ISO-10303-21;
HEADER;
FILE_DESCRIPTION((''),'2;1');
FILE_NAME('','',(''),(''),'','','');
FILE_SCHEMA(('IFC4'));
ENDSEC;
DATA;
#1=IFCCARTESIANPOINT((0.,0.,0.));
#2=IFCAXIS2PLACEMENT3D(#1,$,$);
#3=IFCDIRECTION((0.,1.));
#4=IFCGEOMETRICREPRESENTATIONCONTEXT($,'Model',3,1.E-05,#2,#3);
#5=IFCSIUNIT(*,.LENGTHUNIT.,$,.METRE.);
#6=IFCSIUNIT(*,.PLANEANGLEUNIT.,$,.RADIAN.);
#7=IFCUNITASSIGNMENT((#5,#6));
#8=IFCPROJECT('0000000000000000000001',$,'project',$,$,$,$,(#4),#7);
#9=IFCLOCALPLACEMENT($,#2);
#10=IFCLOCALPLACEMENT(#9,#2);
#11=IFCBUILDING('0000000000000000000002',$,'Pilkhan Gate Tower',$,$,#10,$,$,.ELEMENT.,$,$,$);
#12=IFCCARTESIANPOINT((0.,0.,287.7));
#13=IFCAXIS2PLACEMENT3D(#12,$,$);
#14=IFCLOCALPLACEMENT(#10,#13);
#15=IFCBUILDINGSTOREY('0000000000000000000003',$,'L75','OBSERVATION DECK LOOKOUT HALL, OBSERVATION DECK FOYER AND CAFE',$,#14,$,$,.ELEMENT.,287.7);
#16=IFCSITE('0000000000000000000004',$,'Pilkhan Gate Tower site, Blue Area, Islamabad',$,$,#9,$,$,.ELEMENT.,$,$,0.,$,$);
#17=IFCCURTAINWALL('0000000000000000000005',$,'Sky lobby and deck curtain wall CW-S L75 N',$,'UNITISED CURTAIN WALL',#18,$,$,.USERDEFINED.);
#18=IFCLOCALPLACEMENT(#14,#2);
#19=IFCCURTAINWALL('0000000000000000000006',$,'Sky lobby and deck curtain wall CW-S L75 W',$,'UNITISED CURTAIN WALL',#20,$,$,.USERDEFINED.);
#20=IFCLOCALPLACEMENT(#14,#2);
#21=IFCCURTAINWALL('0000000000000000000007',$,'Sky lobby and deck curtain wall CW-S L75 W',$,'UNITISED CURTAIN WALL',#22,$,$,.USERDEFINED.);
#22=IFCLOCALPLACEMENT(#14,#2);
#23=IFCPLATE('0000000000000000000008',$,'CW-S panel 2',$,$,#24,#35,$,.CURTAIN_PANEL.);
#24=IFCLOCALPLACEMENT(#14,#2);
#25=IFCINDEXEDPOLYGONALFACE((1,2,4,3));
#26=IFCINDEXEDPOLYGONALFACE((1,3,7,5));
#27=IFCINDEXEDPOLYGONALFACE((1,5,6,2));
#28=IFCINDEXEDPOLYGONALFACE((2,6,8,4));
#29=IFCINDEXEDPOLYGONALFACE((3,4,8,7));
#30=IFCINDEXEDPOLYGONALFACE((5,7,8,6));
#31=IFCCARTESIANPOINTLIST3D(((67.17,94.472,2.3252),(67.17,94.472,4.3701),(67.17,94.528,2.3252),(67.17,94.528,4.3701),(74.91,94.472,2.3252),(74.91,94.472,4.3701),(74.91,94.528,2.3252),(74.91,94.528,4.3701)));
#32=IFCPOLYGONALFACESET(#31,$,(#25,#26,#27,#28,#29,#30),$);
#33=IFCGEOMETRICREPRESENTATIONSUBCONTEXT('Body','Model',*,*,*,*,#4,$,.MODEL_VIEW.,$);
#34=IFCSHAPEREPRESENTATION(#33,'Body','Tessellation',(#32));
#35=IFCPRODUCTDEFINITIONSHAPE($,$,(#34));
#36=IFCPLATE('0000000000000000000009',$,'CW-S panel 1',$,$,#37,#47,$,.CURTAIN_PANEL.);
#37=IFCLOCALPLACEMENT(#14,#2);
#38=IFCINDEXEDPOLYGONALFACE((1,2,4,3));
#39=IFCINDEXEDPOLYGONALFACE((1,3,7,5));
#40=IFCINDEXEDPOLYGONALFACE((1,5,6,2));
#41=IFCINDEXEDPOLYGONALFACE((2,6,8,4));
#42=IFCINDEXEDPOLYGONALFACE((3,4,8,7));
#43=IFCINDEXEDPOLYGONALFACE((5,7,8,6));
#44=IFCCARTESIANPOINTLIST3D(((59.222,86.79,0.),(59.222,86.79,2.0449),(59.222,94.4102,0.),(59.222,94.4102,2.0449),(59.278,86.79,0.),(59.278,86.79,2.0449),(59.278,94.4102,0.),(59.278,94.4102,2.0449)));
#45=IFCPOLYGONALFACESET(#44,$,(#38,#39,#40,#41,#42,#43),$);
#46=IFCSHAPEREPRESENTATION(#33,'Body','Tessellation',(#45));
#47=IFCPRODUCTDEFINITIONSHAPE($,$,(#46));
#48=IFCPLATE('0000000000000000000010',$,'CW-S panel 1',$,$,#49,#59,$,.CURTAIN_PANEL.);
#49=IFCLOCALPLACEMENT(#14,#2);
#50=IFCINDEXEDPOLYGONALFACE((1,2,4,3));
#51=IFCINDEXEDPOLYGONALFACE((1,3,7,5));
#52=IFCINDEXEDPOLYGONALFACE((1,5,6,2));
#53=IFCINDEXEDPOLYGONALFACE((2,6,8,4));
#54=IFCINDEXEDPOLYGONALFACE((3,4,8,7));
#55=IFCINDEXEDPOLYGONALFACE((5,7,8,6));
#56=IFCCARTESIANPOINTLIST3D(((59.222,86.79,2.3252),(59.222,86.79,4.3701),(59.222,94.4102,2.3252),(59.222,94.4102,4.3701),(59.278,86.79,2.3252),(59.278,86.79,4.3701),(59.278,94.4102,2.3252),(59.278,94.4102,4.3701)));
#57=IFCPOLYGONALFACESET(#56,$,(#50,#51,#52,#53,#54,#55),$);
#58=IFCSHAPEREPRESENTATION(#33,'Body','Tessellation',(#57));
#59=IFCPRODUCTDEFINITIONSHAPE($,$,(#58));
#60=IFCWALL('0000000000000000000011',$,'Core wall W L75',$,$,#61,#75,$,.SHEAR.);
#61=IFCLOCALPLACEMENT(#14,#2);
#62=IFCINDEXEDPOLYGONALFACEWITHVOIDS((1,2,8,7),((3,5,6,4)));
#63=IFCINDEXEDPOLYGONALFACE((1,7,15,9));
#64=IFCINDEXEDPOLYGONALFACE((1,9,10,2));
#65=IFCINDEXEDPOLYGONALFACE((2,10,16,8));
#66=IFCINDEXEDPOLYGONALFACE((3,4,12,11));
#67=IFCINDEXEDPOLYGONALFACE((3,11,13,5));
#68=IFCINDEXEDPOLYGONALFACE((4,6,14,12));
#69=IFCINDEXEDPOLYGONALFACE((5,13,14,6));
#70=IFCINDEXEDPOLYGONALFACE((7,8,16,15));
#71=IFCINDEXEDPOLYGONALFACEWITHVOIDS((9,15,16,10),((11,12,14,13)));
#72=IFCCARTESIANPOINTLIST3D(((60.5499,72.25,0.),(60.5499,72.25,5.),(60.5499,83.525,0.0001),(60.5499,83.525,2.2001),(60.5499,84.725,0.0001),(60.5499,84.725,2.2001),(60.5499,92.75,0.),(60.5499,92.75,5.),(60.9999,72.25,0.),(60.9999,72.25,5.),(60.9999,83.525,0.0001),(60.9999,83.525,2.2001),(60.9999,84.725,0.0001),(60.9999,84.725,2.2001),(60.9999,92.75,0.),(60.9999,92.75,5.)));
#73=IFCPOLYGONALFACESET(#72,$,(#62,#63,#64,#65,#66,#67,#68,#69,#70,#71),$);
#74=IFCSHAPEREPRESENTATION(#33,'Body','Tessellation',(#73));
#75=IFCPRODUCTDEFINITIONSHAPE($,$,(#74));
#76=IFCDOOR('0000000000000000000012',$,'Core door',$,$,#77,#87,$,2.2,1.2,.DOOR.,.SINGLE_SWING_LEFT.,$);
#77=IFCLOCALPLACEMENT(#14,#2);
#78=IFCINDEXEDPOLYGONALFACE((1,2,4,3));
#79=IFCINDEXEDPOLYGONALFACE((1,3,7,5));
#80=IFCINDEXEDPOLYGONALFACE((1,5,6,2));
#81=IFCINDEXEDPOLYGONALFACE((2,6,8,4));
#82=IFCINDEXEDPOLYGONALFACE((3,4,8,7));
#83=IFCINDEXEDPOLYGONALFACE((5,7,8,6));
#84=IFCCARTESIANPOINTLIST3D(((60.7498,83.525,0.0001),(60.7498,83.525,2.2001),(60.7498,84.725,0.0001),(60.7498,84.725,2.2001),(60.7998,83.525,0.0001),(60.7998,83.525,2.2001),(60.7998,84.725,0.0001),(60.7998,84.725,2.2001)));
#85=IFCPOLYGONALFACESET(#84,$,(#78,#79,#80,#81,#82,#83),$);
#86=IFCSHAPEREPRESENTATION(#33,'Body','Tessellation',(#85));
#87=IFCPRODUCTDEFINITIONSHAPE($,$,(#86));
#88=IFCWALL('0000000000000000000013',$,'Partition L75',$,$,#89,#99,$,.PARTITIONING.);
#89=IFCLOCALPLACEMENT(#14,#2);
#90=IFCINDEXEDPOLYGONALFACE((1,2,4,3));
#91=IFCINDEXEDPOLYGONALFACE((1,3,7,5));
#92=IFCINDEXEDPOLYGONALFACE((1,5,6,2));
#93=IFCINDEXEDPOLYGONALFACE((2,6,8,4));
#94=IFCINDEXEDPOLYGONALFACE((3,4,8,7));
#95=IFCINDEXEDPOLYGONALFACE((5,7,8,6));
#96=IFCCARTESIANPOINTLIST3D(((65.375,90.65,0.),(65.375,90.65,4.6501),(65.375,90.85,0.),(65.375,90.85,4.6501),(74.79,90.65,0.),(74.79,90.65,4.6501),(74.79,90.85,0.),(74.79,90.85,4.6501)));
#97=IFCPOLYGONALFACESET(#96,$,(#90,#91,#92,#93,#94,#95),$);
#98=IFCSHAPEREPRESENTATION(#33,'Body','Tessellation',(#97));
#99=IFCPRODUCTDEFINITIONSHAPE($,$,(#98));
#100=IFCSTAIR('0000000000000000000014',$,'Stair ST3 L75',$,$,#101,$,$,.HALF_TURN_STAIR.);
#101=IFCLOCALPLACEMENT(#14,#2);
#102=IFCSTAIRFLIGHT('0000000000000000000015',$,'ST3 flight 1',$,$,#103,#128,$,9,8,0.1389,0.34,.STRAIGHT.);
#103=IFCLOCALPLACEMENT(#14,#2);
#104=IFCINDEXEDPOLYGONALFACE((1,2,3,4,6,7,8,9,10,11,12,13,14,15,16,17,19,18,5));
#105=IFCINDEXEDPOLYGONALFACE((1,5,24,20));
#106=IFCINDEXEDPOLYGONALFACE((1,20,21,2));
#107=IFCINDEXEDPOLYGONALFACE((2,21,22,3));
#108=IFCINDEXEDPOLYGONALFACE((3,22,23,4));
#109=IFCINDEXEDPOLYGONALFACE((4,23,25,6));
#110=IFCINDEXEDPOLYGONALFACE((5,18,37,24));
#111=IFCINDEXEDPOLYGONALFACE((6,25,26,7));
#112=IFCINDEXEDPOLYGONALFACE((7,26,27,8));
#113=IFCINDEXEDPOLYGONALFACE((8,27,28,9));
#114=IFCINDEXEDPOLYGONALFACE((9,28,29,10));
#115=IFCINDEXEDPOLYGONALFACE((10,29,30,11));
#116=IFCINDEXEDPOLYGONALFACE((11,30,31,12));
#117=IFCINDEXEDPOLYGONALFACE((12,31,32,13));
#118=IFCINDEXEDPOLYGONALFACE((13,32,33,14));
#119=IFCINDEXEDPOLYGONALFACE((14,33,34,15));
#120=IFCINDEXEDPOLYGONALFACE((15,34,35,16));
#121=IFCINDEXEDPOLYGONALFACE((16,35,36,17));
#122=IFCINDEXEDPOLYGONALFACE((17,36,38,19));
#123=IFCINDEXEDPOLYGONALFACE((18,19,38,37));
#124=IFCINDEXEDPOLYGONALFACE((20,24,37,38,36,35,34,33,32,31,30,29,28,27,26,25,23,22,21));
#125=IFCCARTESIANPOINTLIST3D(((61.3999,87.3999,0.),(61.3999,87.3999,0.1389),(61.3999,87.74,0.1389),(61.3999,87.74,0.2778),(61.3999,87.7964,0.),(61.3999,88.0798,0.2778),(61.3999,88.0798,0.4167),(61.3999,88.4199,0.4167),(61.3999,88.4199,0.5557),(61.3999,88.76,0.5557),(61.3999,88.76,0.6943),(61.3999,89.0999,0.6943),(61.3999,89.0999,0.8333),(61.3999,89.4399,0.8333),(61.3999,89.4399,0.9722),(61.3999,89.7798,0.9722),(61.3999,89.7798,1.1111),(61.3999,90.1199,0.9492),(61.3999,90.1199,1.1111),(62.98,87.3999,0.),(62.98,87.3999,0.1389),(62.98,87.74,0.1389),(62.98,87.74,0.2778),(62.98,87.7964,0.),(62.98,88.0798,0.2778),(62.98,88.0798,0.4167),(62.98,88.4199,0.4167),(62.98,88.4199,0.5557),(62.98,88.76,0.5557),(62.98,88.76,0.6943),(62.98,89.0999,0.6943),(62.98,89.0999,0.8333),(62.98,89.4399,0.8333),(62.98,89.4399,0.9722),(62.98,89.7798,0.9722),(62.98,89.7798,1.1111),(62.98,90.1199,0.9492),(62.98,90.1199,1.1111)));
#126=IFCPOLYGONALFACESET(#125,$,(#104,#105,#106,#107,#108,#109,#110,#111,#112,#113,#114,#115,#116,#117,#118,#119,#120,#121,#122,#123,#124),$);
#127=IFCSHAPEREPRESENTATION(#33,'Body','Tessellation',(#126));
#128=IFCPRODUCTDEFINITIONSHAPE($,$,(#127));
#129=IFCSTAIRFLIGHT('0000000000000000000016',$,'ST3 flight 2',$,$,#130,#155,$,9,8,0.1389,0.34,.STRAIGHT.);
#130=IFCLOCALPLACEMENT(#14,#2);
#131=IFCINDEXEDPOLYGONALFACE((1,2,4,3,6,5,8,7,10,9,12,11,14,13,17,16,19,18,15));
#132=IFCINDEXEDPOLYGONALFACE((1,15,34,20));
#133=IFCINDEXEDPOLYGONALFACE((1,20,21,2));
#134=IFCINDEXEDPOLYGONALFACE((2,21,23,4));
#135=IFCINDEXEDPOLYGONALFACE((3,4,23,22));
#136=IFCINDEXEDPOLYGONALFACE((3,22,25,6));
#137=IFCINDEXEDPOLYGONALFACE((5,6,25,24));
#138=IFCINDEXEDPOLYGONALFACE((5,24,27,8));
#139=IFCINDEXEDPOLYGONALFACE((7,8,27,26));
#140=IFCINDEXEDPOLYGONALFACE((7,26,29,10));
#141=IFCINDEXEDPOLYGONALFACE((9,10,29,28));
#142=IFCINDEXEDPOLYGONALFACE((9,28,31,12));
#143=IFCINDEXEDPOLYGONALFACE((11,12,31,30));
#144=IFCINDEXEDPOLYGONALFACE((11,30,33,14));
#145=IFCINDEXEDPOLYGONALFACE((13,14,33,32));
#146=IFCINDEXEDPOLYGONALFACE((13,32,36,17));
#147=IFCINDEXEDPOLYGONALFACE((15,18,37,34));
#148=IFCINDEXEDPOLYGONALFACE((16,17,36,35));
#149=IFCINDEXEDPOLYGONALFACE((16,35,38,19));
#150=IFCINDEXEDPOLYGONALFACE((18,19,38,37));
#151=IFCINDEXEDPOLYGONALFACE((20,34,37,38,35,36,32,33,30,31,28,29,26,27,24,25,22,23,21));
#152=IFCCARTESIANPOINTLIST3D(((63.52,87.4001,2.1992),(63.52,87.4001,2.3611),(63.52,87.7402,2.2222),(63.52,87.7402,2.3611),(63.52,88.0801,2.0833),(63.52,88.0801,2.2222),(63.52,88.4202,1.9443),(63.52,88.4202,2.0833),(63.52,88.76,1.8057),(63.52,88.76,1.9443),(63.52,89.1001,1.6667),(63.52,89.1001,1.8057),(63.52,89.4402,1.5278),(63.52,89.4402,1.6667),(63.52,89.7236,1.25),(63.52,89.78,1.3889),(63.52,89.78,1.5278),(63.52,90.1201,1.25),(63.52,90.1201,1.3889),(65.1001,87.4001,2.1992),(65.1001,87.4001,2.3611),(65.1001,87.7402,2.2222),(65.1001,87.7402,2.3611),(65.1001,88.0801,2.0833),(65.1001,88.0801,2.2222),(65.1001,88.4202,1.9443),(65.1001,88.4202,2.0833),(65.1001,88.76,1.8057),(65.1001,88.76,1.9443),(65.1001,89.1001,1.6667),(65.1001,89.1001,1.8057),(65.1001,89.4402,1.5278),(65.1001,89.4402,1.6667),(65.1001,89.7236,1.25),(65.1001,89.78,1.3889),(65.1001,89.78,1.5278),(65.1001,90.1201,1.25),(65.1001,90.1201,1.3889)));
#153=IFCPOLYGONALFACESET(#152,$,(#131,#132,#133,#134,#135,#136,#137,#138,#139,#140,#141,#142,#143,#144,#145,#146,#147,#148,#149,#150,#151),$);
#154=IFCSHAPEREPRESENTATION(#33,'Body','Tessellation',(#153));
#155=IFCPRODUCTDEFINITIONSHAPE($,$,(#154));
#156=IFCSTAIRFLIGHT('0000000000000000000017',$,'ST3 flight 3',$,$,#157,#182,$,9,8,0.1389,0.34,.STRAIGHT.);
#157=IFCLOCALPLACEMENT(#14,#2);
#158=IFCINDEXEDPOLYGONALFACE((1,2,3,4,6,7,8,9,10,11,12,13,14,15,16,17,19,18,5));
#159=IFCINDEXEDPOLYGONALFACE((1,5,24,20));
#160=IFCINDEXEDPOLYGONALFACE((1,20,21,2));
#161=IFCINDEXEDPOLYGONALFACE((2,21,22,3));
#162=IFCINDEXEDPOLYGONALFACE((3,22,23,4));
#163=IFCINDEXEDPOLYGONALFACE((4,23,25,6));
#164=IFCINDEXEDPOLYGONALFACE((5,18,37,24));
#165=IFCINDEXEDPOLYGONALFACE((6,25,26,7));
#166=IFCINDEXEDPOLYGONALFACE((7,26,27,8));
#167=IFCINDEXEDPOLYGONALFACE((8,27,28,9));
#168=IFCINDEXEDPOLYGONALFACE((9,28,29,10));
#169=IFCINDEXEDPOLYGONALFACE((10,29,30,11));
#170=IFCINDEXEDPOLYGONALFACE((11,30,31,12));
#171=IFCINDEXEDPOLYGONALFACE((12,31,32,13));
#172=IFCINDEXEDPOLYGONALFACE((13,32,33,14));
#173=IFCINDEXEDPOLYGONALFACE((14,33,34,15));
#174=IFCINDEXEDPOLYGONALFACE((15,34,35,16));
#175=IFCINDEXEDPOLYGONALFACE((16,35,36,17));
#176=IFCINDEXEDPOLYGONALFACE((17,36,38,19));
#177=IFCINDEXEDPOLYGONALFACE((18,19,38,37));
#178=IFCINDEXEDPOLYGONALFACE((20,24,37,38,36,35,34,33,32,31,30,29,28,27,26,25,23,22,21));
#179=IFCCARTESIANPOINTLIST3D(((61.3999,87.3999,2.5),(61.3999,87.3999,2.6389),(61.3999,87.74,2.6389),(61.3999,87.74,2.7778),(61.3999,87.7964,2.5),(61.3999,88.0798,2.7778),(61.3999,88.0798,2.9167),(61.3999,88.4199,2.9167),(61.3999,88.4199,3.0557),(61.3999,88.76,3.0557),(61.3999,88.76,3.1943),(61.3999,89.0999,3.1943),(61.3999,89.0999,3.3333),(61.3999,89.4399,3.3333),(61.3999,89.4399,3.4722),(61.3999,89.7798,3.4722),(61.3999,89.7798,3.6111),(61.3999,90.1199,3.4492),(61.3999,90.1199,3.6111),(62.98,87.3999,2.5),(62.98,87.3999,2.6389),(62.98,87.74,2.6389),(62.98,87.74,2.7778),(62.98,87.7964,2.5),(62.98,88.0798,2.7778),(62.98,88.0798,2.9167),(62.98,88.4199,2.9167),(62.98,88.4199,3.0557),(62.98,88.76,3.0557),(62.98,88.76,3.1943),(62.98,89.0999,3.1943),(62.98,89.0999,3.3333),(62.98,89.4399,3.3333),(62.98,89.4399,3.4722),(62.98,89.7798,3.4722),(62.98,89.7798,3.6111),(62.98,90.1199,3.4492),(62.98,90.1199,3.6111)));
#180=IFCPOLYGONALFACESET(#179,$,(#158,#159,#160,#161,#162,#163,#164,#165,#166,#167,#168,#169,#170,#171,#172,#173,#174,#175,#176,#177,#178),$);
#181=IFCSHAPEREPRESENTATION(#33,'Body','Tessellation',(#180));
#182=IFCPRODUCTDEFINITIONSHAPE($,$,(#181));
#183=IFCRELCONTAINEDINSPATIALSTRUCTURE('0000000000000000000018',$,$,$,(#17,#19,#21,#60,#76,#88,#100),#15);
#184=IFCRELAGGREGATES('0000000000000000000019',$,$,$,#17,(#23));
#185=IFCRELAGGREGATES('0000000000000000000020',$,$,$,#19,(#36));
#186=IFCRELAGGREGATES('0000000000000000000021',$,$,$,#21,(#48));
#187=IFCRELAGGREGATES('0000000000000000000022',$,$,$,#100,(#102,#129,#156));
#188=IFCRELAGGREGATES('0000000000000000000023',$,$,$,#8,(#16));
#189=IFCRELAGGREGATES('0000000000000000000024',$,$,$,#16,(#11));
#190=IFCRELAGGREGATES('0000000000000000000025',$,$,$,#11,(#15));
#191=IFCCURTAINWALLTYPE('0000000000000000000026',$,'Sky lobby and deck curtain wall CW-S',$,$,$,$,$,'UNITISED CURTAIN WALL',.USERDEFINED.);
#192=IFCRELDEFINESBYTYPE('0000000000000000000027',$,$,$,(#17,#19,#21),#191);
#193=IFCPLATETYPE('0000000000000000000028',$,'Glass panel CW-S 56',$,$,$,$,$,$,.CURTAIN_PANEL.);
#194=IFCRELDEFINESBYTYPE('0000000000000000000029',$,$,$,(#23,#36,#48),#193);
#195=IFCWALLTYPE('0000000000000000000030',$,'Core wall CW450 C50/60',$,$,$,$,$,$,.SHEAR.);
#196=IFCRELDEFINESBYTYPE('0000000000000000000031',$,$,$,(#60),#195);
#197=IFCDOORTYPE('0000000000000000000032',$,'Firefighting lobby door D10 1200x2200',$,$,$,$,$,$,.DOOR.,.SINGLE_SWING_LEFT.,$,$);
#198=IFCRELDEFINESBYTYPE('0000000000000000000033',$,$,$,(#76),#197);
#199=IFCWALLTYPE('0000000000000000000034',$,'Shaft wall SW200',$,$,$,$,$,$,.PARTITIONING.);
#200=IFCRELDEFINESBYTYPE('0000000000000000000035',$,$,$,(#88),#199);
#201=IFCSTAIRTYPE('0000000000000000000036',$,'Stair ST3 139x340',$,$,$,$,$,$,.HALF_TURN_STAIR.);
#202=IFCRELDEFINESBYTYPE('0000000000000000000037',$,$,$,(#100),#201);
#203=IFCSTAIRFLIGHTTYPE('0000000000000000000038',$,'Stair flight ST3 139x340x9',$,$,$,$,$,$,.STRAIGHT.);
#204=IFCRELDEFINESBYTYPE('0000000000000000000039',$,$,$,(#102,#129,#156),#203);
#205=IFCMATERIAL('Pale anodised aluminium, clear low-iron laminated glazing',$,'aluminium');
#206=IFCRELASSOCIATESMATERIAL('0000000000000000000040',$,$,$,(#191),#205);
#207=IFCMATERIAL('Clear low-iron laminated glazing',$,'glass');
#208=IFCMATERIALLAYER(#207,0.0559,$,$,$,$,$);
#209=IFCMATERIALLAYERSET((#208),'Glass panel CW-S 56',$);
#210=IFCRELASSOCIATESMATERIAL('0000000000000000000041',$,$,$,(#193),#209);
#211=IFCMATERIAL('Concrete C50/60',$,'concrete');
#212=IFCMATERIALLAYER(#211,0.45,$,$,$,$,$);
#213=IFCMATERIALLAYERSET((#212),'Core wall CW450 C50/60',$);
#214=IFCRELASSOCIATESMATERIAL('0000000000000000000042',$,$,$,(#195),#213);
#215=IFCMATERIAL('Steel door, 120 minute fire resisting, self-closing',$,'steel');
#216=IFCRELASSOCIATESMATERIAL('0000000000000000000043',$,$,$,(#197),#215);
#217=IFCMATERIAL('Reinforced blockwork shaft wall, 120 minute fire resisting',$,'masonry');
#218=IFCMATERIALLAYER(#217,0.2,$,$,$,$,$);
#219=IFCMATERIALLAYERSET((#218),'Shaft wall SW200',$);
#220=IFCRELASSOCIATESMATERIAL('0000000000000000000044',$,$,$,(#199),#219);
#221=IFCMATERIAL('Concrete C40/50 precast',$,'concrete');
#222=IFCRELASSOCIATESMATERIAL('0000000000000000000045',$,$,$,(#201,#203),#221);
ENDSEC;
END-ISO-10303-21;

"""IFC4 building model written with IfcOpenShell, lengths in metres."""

from ifc_helpers import new_model, si_unit, direction, frame, frame_2d, origin, origin_2d, place, context, subcontext, project, spatial, polyline, rectangle, outline, extrude, material, layer, layer_set, type_object, element, fill, aggregate, save


model = new_model("IFC4")

# Units and contexts
model_context = context("Model", 3, precision=1e-05, world=origin(), true_north=direction((0.0, 1.0)))
body_context = subcontext(model_context, "Body", "Model", "MODEL_VIEW")
ifc_project = project(units=[si_unit("LENGTHUNIT", "METRE"), si_unit("PLANEANGLEUNIT", "RADIAN")], contexts=[model_context])

# Site, building, storey
site_placement = place(None, origin())
site = spatial("IfcSite", under=ifc_project, at=site_placement, Name="Pilkhan Gate Tower site, Blue Area, Islamabad", CompositionType="ELEMENT", RefElevation=0.0)
building_placement = place(site_placement, origin())
building = spatial("IfcBuilding", under=site, at=building_placement, Name="Pilkhan Gate Tower", CompositionType="ELEMENT")
storey_placement = place(building_placement, frame((0.0, 0.0, 287.7)))
storey = spatial("IfcBuildingStorey", under=building, at=storey_placement, Name="L75", Description="OBSERVATION DECK LOOKOUT HALL, OBSERVATION DECK FOYER AND CAFE", CompositionType="ELEMENT", Elevation=287.7)

# Curtain wall
ifc_material_1 = material(Name="Pale anodised aluminium, clear low-iron laminated glazing", Category="aluminium")
curtain_wall_type = type_object("IfcCurtainWallType", Name="Sky lobby and deck curtain wall CW-S", ElementType="UNITISED CURTAIN WALL", PredefinedType="USERDEFINED", material=ifc_material_1)
curtain_wall_1_placement = place(storey_placement, origin())
curtain_wall_1 = element("IfcCurtainWall", 1, at=curtain_wall_1_placement, inside=storey, type_object=curtain_wall_type, Name="Sky lobby and deck curtain wall CW-S L75 N", ObjectType="UNITISED CURTAIN WALL", PredefinedType="USERDEFINED")

# Curtain walls
curtain_wall_2_placement = place(storey_placement, origin())
curtain_wall_2 = element("IfcCurtainWall", 2, at=curtain_wall_2_placement, inside=storey, type_object=curtain_wall_type, Name="Sky lobby and deck curtain wall CW-S L75 W", ObjectType="UNITISED CURTAIN WALL", PredefinedType="USERDEFINED")
curtain_wall_3_placement = place(storey_placement, origin())
curtain_wall_3 = element("IfcCurtainWall", 3, at=curtain_wall_3_placement, inside=storey, type_object=curtain_wall_type, Name="Sky lobby and deck curtain wall CW-S L75 W", ObjectType="UNITISED CURTAIN WALL", PredefinedType="USERDEFINED")

# Plates
ifc_material_2 = material(Name="Clear low-iron laminated glazing", Category="glass")
ifc_layer_1 = layer(ifc_material_2, 0.0559)
ifc_layer_set_1 = layer_set([ifc_layer_1], Name="Glass panel CW-S 56")
plate_type = type_object("IfcPlateType", Name="Glass panel CW-S 56", PredefinedType="CURTAIN_PANEL", material=ifc_layer_set_1)
plate_1_placement = place(storey_placement, frame((71.04, 94.5, 2.3252), z_axis=(0.0, 0.0, 1.0), x_axis=(1.0, 0.0, 0.0)))
plate_1 = element("IfcPlate", 4, at=plate_1_placement, type_object=plate_type, Name="CW-S panel 2", PredefinedType="CURTAIN_PANEL", context=body_context, shape_type="SweptSolid", body=[
    extrude(rectangle(XDim=7.74, YDim=0.0559, at=origin_2d()), origin(), (0.0, 0.0, 1.0), 2.0449),
])
aggregate(curtain_wall_1, [plate_1])
plate_2_placement = place(storey_placement, frame((59.25, 90.6001, 0.0), z_axis=(0.0, 0.0, 1.0), x_axis=(0.0, 1.0, 0.0)))
plate_2 = element("IfcPlate", 5, at=plate_2_placement, type_object=plate_type, Name="CW-S panel 1", PredefinedType="CURTAIN_PANEL", context=body_context, shape_type="SweptSolid", body=[
    extrude(rectangle(XDim=7.6201, YDim=0.0559, at=origin_2d()), origin(), (0.0, 0.0, 1.0), 2.0449),
])
aggregate(curtain_wall_2, [plate_2])
plate_3_placement = place(storey_placement, frame((59.25, 90.6001, 2.3252), z_axis=(0.0, 0.0, 1.0), x_axis=(0.0, 1.0, 0.0)))
plate_3 = element("IfcPlate", 6, at=plate_3_placement, type_object=plate_type, Name="CW-S panel 1", PredefinedType="CURTAIN_PANEL", context=body_context, shape_type="SweptSolid", body=[
    extrude(rectangle(XDim=7.6201, YDim=0.0559, at=origin_2d()), origin(), (0.0, 0.0, 1.0), 2.0449),
])
aggregate(curtain_wall_3, [plate_3])

# Wall, opening, door
ifc_material_3 = material(Name="Concrete C50/60", Category="concrete")
ifc_layer_2 = layer(ifc_material_3, 0.45)
ifc_layer_set_2 = layer_set([ifc_layer_2], Name="Core wall CW450 C50/60")
wall_type_1 = type_object("IfcWallType", Name="Core wall CW450 C50/60", PredefinedType="SHEAR", material=ifc_layer_set_2)
wall_1_placement = place(storey_placement, frame((60.7749, 92.75, 0.0), z_axis=(0.0, 0.0, 1.0), x_axis=(0.0, -1.0, 0.0)))
wall_1 = element("IfcWall", 7, at=wall_1_placement, inside=storey, type_object=wall_type_1, Name="Core wall W L75", PredefinedType="SHEAR", context=body_context, shape_type="SweptSolid", body=[
    extrude(rectangle(XDim=20.5, YDim=0.45, at=frame_2d((10.25, 0.0))), origin(), (0.0, 0.0, 1.0), 5.0),
])
opening_placement = place(wall_1_placement, frame((8.0249, 0.0, 0.0)))
opening = element("IfcOpeningElement", 8, at=opening_placement, cuts=wall_1, PredefinedType="OPENING", context=body_context, shape_type="SweptSolid", body=[
    extrude(rectangle(XDim=1.2, YDim=2.2, at=frame_2d((0.6001, 1.1001))), frame((0.0, 0.2349, 0.0), z_axis=(0.0, -1.0, 0.0), x_axis=(1.0, 0.0, 0.0)), (0.0, 0.0, 1.0), 0.47),
])
ifc_material_4 = material(Name="Steel door, 120 minute fire resisting, self-closing", Category="steel")
door_type = type_object("IfcDoorType", Name="Firefighting lobby door D10 1200x2200", OperationType="SINGLE_SWING_LEFT", PredefinedType="DOOR", material=ifc_material_4)
door_placement = place(opening_placement, origin())
door = element("IfcDoor", 9, at=door_placement, inside=storey, type_object=door_type, Name="Core door", OperationType="SINGLE_SWING_LEFT", OverallHeight=2.2, OverallWidth=1.2, PredefinedType="DOOR", context=body_context, shape_type="SweptSolid", body=[
    extrude(rectangle(XDim=1.2, YDim=2.2, at=frame_2d((0.6001, 1.1001))), frame((0.0, 0.0249, 0.0), z_axis=(0.0, -1.0, 0.0), x_axis=(1.0, 0.0, 0.0)), (0.0, 0.0, 1.0), 0.05),
])
fill(opening, door)

# Wall
ifc_material_5 = material(Name="Reinforced blockwork shaft wall, 120 minute fire resisting", Category="masonry")
ifc_layer_3 = layer(ifc_material_5, 0.2)
ifc_layer_set_3 = layer_set([ifc_layer_3], Name="Shaft wall SW200")
wall_type_2 = type_object("IfcWallType", Name="Shaft wall SW200", PredefinedType="PARTITIONING", material=ifc_layer_set_3)
wall_2_placement = place(storey_placement, frame((65.375, 90.75, 0.0), z_axis=(0.0, 0.0, 1.0), x_axis=(1.0, 0.0, 0.0)))
element("IfcWall", 10, at=wall_2_placement, inside=storey, type_object=wall_type_2, Name="Partition L75", PredefinedType="PARTITIONING", context=body_context, shape_type="SweptSolid", body=[
    extrude(rectangle(XDim=9.415, YDim=0.2, at=frame_2d((4.7075, 0.0))), origin(), (0.0, 0.0, 1.0), 4.6501),
])

# Stair, stair flights
ifc_material_6 = material(Name="Concrete C40/50 precast", Category="concrete")
stair_type = type_object("IfcStairType", Name="Stair ST3 139x340", PredefinedType="HALF_TURN_STAIR", material=ifc_material_6)
stair_placement = place(storey_placement, origin())
stair = element("IfcStair", 11, at=stair_placement, inside=storey, type_object=stair_type, Name="Stair ST3 L75", PredefinedType="HALF_TURN_STAIR")
stair_flight_type = type_object("IfcStairFlightType", Name="Stair flight ST3 139x340x9", PredefinedType="STRAIGHT", material=ifc_material_6)
stair_flight_1_placement = place(storey_placement, frame((62.1899, 87.3999, 0.0), z_axis=(0.0, 0.0, 1.0), x_axis=(0.0, 1.0, 0.0)))
stair_flight_1 = element("IfcStairFlight", 12, at=stair_flight_1_placement, type_object=stair_flight_type, Name="ST3 flight 1", NumberOfRisers=9, NumberOfTreads=8, PredefinedType="STRAIGHT", RiserHeight=0.1389, TreadLength=0.34, context=body_context, shape_type="SweptSolid", body=[
    extrude(outline(polyline([(0.0, 0.0), (0.0, 0.1389), (0.3401, 0.1389), (0.3401, 0.2778), (0.6799, 0.2778), (0.6799, 0.4167), (1.02, 0.4167), (1.02, 0.5557), (1.3601, 0.5557), (1.3601, 0.6943), (1.7, 0.6943), (1.7, 0.8333), (2.04, 0.8333), (2.04, 0.9722), (2.3799, 0.9722), (2.3799, 1.1111), (2.72, 1.1111), (2.72, 1.25), (2.72, 0.9492), (0.3965, 0.0), (0.0, 0.0)])), frame((0.0, 0.79, 0.0), z_axis=(0.0, -1.0, 0.0), x_axis=(1.0, 0.0, 0.0)), (0.0, 0.0, 1.0), 1.5801),
])
stair_flight_2_placement = place(storey_placement, frame((64.3101, 90.1201, 1.25), z_axis=(0.0, 0.0, 1.0), x_axis=(0.0, -1.0, 0.0)))
stair_flight_2 = element("IfcStairFlight", 13, at=stair_flight_2_placement, type_object=stair_flight_type, Name="ST3 flight 2", NumberOfRisers=9, NumberOfTreads=8, PredefinedType="STRAIGHT", RiserHeight=0.1389, TreadLength=0.34, context=body_context, shape_type="SweptSolid", body=[
    extrude(outline(polyline([(0.0, 0.0), (0.0, 0.1389), (0.3401, 0.1389), (0.3401, 0.2778), (0.6799, 0.2778), (0.6799, 0.4167), (1.02, 0.4167), (1.02, 0.5557), (1.3601, 0.5557), (1.3601, 0.6943), (1.7, 0.6943), (1.7, 0.8333), (2.04, 0.8333), (2.04, 0.9722), (2.3799, 0.9722), (2.3799, 1.1111), (2.72, 1.1111), (2.72, 1.25), (2.72, 0.9492), (0.3965, 0.0), (0.0, 0.0)])), frame((0.0, 0.79, 0.0), z_axis=(0.0, -1.0, 0.0), x_axis=(1.0, 0.0, 0.0)), (0.0, 0.0, 1.0), 1.5801),
])
stair_flight_3_placement = place(storey_placement, frame((62.1899, 87.3999, 2.5), z_axis=(0.0, 0.0, 1.0), x_axis=(0.0, 1.0, 0.0)))
stair_flight_3 = element("IfcStairFlight", 14, at=stair_flight_3_placement, type_object=stair_flight_type, Name="ST3 flight 3", NumberOfRisers=9, NumberOfTreads=8, PredefinedType="STRAIGHT", RiserHeight=0.1389, TreadLength=0.34, context=body_context, shape_type="SweptSolid", body=[
    extrude(outline(polyline([(0.0, 0.0), (0.0, 0.1389), (0.3401, 0.1389), (0.3401, 0.2778), (0.6799, 0.2778), (0.6799, 0.4167), (1.02, 0.4167), (1.02, 0.5557), (1.3601, 0.5557), (1.3601, 0.6943), (1.7, 0.6943), (1.7, 0.8333), (2.04, 0.8333), (2.04, 0.9722), (2.3799, 0.9722), (2.3799, 1.1111), (2.72, 1.1111), (2.72, 1.25), (2.72, 0.9492), (0.3965, 0.0), (0.0, 0.0)])), frame((0.0, 0.79, 0.0), z_axis=(0.0, -1.0, 0.0), x_axis=(1.0, 0.0, 0.0)), (0.0, 0.0, 1.0), 1.5801),
])
aggregate(stair, [stair_flight_1, stair_flight_2, stair_flight_3])

save(model, "model.ifc")
